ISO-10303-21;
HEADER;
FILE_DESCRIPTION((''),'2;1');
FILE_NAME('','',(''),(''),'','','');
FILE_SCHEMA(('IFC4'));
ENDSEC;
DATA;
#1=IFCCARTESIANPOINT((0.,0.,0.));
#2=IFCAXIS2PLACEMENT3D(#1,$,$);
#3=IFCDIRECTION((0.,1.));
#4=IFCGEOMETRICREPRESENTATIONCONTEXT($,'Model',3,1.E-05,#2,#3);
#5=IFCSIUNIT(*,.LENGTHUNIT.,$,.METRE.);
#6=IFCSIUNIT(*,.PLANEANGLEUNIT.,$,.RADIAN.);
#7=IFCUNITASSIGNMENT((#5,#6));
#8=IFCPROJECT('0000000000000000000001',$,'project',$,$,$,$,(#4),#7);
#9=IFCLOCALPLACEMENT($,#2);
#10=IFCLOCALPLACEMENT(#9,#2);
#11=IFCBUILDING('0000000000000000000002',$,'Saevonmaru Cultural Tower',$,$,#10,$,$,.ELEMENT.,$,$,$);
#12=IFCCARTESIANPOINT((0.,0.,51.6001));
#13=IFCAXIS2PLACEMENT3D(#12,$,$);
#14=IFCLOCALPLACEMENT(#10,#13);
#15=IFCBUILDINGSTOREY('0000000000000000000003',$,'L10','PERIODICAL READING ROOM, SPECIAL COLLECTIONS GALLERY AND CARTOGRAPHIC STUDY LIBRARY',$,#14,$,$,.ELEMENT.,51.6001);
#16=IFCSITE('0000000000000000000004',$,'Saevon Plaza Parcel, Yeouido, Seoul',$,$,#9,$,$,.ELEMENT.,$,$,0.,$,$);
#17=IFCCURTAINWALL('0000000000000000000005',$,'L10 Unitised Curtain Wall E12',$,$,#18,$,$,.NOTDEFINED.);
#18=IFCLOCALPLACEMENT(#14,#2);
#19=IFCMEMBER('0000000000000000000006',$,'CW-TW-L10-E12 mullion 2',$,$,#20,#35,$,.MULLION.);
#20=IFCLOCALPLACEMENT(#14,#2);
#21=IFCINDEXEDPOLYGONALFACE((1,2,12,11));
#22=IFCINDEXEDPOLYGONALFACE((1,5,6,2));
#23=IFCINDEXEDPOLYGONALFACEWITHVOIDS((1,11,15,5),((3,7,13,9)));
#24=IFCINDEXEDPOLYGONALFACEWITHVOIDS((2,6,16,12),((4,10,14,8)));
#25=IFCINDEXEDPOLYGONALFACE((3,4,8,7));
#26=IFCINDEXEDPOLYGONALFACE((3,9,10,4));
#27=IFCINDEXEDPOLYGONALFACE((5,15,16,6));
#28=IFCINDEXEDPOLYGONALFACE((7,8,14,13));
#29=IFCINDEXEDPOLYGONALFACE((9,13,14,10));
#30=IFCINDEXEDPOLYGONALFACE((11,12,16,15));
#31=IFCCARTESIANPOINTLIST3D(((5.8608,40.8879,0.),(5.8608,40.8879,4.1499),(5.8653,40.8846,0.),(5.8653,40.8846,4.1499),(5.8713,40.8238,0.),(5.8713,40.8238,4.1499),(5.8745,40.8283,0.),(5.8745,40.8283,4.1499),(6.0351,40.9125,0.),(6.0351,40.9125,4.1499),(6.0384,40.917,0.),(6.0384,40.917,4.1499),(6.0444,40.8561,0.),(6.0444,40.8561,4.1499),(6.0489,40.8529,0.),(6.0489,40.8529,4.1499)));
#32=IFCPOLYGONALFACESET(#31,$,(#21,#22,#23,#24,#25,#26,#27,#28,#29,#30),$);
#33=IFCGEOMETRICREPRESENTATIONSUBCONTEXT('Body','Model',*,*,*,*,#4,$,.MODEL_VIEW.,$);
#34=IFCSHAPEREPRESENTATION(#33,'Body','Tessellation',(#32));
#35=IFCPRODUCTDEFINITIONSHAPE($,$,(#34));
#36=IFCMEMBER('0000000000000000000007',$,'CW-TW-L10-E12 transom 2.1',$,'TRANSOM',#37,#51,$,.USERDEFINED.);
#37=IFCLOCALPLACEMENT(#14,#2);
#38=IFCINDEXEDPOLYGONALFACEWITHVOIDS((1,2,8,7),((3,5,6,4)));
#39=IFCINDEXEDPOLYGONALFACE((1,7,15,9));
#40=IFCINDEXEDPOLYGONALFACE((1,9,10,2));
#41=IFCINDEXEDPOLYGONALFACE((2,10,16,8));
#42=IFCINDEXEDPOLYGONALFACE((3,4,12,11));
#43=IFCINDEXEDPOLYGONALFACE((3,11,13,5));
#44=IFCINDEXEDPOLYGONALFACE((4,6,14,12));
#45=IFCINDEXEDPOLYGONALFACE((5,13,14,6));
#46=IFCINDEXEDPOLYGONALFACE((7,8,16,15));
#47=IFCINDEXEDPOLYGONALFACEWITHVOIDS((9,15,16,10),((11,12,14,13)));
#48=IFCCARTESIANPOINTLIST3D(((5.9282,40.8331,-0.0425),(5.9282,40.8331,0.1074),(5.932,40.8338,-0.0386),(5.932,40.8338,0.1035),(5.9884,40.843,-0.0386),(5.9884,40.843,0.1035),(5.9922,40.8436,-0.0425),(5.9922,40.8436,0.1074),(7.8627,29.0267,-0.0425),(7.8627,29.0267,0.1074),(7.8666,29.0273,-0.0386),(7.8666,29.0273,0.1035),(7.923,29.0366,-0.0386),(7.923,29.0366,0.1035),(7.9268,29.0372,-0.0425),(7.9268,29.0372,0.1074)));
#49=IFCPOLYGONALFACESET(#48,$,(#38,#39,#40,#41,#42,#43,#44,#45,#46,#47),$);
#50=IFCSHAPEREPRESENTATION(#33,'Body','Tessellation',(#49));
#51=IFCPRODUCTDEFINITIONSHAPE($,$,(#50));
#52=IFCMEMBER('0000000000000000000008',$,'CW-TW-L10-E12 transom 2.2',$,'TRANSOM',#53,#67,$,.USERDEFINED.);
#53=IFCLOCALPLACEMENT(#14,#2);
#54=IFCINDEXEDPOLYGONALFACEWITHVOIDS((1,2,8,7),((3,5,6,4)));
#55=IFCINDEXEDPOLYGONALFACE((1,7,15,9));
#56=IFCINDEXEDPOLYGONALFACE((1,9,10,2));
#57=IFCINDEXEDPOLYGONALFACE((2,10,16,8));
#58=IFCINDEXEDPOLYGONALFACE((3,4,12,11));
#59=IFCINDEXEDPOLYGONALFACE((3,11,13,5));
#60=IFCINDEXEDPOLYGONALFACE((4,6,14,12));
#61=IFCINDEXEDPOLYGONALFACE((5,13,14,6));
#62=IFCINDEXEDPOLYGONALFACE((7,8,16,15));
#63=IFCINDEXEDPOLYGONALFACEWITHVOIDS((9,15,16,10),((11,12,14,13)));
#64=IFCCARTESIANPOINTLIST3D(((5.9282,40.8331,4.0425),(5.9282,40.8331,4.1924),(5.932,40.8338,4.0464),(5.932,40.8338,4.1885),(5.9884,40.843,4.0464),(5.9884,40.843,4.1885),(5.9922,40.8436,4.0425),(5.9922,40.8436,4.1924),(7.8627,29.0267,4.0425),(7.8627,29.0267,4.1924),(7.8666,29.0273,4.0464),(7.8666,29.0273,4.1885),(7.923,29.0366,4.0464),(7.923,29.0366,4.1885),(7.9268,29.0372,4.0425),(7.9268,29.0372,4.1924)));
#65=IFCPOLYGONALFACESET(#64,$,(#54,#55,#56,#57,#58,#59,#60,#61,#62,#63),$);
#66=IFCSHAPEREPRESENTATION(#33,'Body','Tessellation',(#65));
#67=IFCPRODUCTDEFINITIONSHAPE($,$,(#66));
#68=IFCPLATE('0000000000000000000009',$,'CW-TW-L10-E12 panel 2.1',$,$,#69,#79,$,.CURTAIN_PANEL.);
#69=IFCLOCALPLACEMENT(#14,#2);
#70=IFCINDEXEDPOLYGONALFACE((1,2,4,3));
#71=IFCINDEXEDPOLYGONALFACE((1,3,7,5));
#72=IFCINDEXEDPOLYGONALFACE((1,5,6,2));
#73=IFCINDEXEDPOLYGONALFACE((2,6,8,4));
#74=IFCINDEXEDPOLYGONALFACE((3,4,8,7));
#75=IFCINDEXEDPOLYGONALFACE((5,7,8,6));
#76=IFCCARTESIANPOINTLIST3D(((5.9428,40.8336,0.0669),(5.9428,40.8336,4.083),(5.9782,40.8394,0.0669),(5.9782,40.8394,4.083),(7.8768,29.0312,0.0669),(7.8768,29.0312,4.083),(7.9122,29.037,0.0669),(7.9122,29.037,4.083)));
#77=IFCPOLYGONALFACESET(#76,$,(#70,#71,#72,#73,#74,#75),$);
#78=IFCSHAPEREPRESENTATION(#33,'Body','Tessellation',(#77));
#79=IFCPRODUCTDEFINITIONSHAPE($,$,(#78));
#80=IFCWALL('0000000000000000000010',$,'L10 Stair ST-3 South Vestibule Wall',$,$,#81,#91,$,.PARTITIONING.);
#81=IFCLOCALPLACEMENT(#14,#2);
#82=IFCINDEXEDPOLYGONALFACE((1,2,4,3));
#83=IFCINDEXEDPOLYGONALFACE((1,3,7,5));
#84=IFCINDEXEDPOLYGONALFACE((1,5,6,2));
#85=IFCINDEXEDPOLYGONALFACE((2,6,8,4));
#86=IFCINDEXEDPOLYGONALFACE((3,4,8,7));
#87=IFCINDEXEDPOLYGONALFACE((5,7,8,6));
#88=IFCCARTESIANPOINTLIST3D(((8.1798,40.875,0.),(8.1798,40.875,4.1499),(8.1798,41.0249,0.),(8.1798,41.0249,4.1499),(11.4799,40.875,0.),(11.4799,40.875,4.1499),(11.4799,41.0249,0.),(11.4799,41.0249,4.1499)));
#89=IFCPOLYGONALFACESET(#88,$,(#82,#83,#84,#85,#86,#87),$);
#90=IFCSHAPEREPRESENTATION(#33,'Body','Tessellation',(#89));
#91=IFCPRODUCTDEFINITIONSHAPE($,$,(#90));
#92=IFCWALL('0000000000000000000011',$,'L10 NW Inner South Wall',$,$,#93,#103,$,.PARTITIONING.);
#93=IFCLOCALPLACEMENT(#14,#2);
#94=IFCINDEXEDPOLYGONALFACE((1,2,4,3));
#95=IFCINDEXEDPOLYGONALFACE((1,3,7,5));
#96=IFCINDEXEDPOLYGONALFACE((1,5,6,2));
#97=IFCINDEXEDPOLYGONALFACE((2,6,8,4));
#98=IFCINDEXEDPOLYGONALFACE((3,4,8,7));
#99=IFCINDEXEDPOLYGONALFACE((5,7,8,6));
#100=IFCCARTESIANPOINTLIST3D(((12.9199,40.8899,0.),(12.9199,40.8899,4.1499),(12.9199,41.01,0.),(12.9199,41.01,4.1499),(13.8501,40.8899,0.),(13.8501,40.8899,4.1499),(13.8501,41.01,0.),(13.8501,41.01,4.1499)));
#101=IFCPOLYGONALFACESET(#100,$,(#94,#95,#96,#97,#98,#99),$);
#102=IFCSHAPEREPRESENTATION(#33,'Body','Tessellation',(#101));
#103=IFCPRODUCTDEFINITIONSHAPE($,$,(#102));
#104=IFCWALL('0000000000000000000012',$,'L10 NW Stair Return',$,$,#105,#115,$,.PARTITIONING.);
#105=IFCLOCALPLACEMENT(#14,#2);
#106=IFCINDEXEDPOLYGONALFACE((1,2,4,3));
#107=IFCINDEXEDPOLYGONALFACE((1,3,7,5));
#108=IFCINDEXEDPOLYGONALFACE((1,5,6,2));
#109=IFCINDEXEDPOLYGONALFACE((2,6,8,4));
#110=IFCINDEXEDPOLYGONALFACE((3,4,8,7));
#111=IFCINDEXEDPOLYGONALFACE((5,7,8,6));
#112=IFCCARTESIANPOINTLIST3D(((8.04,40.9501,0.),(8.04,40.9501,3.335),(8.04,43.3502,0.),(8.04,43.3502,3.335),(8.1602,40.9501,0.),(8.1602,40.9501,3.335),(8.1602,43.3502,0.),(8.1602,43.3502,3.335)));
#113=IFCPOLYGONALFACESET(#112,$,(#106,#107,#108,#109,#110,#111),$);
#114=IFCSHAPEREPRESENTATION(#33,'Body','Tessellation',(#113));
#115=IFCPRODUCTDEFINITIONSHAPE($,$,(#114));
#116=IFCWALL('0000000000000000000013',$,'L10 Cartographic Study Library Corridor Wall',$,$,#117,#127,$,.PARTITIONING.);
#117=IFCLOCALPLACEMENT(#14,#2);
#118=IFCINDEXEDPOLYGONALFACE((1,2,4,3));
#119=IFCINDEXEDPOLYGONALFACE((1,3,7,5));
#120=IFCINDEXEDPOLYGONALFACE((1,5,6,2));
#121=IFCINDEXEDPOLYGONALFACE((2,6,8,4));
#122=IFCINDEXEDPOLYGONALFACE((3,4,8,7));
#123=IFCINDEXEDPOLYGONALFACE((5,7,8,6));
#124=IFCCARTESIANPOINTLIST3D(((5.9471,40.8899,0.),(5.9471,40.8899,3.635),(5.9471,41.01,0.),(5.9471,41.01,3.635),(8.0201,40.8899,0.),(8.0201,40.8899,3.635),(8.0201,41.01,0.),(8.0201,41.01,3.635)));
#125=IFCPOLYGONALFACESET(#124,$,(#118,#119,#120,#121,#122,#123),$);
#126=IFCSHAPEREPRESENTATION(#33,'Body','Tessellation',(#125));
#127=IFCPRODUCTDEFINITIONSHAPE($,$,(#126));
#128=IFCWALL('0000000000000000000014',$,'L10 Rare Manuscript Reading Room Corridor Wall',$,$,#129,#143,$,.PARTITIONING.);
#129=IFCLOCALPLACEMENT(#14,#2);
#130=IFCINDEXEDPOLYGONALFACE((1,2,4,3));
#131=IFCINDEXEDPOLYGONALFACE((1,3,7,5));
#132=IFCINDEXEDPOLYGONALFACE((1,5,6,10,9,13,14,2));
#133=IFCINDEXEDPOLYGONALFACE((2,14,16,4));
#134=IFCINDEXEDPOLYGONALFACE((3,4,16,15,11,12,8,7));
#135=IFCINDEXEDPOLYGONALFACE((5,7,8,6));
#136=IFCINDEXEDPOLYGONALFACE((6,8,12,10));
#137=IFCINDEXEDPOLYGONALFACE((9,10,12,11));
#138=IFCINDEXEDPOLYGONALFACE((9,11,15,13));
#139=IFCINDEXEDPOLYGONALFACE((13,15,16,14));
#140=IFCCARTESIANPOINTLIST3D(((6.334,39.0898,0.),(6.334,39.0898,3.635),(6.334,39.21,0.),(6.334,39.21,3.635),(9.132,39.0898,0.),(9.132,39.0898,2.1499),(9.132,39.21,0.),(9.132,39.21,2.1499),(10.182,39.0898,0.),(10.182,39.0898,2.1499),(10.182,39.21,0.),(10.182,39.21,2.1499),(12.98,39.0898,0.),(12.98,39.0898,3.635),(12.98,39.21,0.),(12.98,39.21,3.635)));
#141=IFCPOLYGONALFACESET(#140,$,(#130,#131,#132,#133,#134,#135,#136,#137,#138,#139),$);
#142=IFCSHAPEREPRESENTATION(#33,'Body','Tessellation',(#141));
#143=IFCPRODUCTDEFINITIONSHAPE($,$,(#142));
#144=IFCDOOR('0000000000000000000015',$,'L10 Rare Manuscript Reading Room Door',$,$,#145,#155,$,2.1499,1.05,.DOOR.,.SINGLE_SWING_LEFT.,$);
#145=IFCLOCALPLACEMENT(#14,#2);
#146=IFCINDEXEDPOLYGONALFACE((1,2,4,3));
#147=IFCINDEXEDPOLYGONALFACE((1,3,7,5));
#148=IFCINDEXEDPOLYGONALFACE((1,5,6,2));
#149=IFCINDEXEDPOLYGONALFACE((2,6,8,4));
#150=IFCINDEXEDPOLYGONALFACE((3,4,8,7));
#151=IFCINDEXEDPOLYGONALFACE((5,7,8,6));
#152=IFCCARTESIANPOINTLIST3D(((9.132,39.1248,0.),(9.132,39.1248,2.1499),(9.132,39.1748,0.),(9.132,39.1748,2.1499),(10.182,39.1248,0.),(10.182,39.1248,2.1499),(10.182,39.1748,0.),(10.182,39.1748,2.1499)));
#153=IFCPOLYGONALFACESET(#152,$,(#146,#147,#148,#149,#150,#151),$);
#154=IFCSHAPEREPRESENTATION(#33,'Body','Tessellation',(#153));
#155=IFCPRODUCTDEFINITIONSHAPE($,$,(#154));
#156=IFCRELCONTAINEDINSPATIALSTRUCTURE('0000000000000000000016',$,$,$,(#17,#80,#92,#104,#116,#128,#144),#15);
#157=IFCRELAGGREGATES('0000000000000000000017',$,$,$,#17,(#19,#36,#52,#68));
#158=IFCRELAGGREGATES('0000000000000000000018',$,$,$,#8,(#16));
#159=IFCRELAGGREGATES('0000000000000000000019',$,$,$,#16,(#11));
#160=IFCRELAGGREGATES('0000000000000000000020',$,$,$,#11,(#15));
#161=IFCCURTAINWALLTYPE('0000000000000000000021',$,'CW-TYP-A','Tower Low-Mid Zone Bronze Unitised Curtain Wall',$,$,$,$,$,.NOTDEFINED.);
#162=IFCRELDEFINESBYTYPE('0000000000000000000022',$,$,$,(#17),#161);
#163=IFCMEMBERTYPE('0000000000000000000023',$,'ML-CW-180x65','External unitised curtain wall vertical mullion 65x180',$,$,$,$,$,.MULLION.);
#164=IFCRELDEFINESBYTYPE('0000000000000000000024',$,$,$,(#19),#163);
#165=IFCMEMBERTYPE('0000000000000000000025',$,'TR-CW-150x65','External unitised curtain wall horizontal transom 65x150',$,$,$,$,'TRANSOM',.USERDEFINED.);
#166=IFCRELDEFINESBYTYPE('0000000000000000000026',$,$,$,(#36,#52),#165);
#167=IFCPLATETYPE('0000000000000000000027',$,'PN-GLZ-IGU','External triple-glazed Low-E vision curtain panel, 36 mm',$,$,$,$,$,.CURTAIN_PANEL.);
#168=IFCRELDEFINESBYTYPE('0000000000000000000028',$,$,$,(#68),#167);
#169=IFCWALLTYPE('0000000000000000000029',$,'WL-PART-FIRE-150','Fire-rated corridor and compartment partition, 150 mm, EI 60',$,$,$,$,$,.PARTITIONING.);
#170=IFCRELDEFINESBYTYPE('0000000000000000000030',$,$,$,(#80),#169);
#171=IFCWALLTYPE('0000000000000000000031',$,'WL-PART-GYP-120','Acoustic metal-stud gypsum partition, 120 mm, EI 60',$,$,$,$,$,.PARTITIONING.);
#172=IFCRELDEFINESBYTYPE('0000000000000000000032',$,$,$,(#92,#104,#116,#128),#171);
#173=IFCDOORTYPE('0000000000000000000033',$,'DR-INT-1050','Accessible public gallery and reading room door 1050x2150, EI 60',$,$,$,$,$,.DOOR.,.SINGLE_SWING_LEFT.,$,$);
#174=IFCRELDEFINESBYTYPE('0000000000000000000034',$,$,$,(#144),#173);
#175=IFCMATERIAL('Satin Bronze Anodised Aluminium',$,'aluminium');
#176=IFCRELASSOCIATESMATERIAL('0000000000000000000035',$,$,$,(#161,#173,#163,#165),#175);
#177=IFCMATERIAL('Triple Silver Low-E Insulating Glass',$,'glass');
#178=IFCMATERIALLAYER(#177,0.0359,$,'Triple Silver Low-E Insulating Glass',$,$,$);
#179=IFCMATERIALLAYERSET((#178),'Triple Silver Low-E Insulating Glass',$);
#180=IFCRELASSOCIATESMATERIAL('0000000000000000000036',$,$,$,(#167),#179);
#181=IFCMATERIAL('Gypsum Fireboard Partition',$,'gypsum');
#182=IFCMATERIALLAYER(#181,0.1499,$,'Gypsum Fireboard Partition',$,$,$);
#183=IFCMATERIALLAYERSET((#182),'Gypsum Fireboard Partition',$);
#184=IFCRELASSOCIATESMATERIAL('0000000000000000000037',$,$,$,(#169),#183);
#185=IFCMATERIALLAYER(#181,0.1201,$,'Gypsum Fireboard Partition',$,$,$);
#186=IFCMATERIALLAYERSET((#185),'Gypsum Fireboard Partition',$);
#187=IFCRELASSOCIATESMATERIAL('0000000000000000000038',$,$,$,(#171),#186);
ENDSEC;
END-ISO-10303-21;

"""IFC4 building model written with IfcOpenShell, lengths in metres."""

from ifc_helpers import new_model, si_unit, direction, frame, frame_2d, origin, origin_2d, place, context, subcontext, project, spatial, rectangle, hollow_rectangle, extrude, material, layer, layer_set, material_profile, profile_set, type_object, element, fill, aggregate, save


model = new_model("IFC4")

# Units and contexts
model_context = context("Model", 3, precision=1e-05, world=origin(), true_north=direction((0.0, 1.0)))
body_context = subcontext(model_context, "Body", "Model", "MODEL_VIEW")
ifc_project = project(units=[si_unit("LENGTHUNIT", "METRE"), si_unit("PLANEANGLEUNIT", "RADIAN")], contexts=[model_context])

# Site, building, storey
site_placement = place(None, origin())
site = spatial("IfcSite", under=ifc_project, at=site_placement, Name="Saevon Plaza Parcel, Yeouido, Seoul", CompositionType="ELEMENT", RefElevation=0.0)
building_placement = place(site_placement, origin())
building = spatial("IfcBuilding", under=site, at=building_placement, Name="Saevonmaru Cultural Tower", CompositionType="ELEMENT")
storey_placement = place(building_placement, frame((0.0, 0.0, 51.6001)))
storey = spatial("IfcBuildingStorey", under=building, at=storey_placement, Name="L10", Description="PERIODICAL READING ROOM, SPECIAL COLLECTIONS GALLERY AND CARTOGRAPHIC STUDY LIBRARY", CompositionType="ELEMENT", Elevation=51.6001)

# Curtain wall, members, plate
ifc_material_1 = material(Name="Satin Bronze Anodised Aluminium", Category="aluminium")
curtain_wall_type = type_object("IfcCurtainWallType", Name="CW-TYP-A", Description="Tower Low-Mid Zone Bronze Unitised Curtain Wall", PredefinedType="NOTDEFINED", material=ifc_material_1)
curtain_wall_placement = place(storey_placement, origin())
curtain_wall = element("IfcCurtainWall", 1, at=curtain_wall_placement, inside=storey, type_object=curtain_wall_type, Name="L10 Unitised Curtain Wall E12", PredefinedType="NOTDEFINED")
ifc_material_profile_1 = material_profile(ifc_material_1, hollow_rectangle(XDim=0.0649, YDim=0.1799, WallThickness=0.0039, at=origin_2d()), Name="ALU-MULL-180x65x4")
ifc_profile_set_1 = profile_set([ifc_material_profile_1], Name="Satin Bronze Anodised Aluminium")
member_type_1 = type_object("IfcMemberType", Name="ML-CW-180x65", Description="External unitised curtain wall vertical mullion 65x180", PredefinedType="MULLION", material=ifc_profile_set_1)
member_1_placement = place(storey_placement, frame((5.9548, 40.8704, 0.0), z_axis=(0.0, 0.0, 1.0), x_axis=(0.161709, -0.986839, 0.0)))
member_1 = element("IfcMember", 2, at=member_1_placement, type_object=member_type_1, Name="CW-TW-L10-E12 mullion 2", PredefinedType="MULLION", context=body_context, shape_type="SweptSolid", body=[
    extrude(hollow_rectangle(XDim=0.0649, YDim=0.1799, WallThickness=0.0039, at=origin_2d()), origin(), (0.0, 0.0, 1.0), 4.1499),
])
ifc_material_profile_2 = material_profile(ifc_material_1, hollow_rectangle(XDim=0.0649, YDim=0.1499, WallThickness=0.0039, at=origin_2d()), Name="ALU-TRAN-150x65x4")
ifc_profile_set_2 = profile_set([ifc_material_profile_2], Name="Satin Bronze Anodised Aluminium")
member_type_2 = type_object("IfcMemberType", Name="TR-CW-150x65", Description="External unitised curtain wall horizontal transom 65x150", ElementType="TRANSOM", PredefinedType="USERDEFINED", material=ifc_profile_set_2)
member_2_placement = place(storey_placement, frame((5.9602, 40.8384, 0.0325), z_axis=(0.161701, -0.98684, 0.0), x_axis=(0.98684, 0.161701, 0.0)))
member_2 = element("IfcMember", 3, at=member_2_placement, type_object=member_type_2, Name="CW-TW-L10-E12 transom 2.1", ObjectType="TRANSOM", PredefinedType="USERDEFINED", context=body_context, shape_type="SweptSolid", body=[
    extrude(hollow_rectangle(XDim=0.0649, YDim=0.1499, WallThickness=0.0039, at=origin_2d()), origin(), (0.0, 0.0, 1.0), 11.9639),
])
member_3_placement = place(storey_placement, frame((5.9602, 40.8384, 4.1174), z_axis=(0.161701, -0.98684, 0.0), x_axis=(0.98684, 0.161701, 0.0)))
member_3 = element("IfcMember", 4, at=member_3_placement, type_object=member_type_2, Name="CW-TW-L10-E12 transom 2.2", ObjectType="TRANSOM", PredefinedType="USERDEFINED", context=body_context, shape_type="SweptSolid", body=[
    extrude(hollow_rectangle(XDim=0.0649, YDim=0.1499, WallThickness=0.0039, at=origin_2d()), origin(), (0.0, 0.0, 1.0), 11.9639),
])
ifc_material_2 = material(Name="Triple Silver Low-E Insulating Glass", Category="glass")
ifc_layer_1 = layer(ifc_material_2, 0.0359, Name="Triple Silver Low-E Insulating Glass")
ifc_layer_set_1 = layer_set([ifc_layer_1], Name="Triple Silver Low-E Insulating Glass")
plate_type = type_object("IfcPlateType", Name="PN-GLZ-IGU", Description="External triple-glazed Low-E vision curtain panel, 36 mm", PredefinedType="CURTAIN_PANEL", material=ifc_layer_set_1)
plate_placement = place(storey_placement, frame((6.9275, 34.9353, 0.0669), z_axis=(0.0, 0.0, 1.0), x_axis=(0.161709, -0.986839, 0.0)))
plate = element("IfcPlate", 5, at=plate_placement, type_object=plate_type, Name="CW-TW-L10-E12 panel 2.1", PredefinedType="CURTAIN_PANEL", context=body_context, shape_type="SweptSolid", body=[
    extrude(rectangle(XDim=11.9597, YDim=0.0359, at=origin_2d()), origin(), (0.0, 0.0, 1.0), 4.0161),
])
aggregate(curtain_wall, [member_1, member_2, member_3, plate])

# Walls
ifc_material_3 = material(Name="Gypsum Fireboard Partition", Category="gypsum")
ifc_layer_2 = layer(ifc_material_3, 0.1499, Name="Gypsum Fireboard Partition")
ifc_layer_set_2 = layer_set([ifc_layer_2], Name="Gypsum Fireboard Partition")
wall_type_1 = type_object("IfcWallType", Name="WL-PART-FIRE-150", Description="Fire-rated corridor and compartment partition, 150 mm, EI 60", PredefinedType="PARTITIONING", material=ifc_layer_set_2)
wall_1_placement = place(storey_placement, frame((8.1799, 40.95, 0.0), z_axis=(0.0, 0.0, 1.0), x_axis=(1.0, 0.0, 0.0)))
element("IfcWall", 6, at=wall_1_placement, inside=storey, type_object=wall_type_1, Name="L10 Stair ST-3 South Vestibule Wall", PredefinedType="PARTITIONING", context=body_context, shape_type="SweptSolid", body=[
    extrude(rectangle(XDim=3.3, YDim=0.1499, at=frame_2d((1.6499, 0.0))), origin(), (0.0, 0.0, 1.0), 4.1499),
])
ifc_layer_3 = layer(ifc_material_3, 0.1201, Name="Gypsum Fireboard Partition")
ifc_layer_set_3 = layer_set([ifc_layer_3], Name="Gypsum Fireboard Partition")
wall_type_2 = type_object("IfcWallType", Name="WL-PART-GYP-120", Description="Acoustic metal-stud gypsum partition, 120 mm, EI 60", PredefinedType="PARTITIONING", material=ifc_layer_set_3)
wall_2_placement = place(storey_placement, frame((12.9199, 40.95, 0.0), z_axis=(0.0, 0.0, 1.0), x_axis=(1.0, 0.0, 0.0)))
element("IfcWall", 7, at=wall_2_placement, inside=storey, type_object=wall_type_2, Name="L10 NW Inner South Wall", PredefinedType="PARTITIONING", context=body_context, shape_type="SweptSolid", body=[
    extrude(rectangle(XDim=0.9302, YDim=0.1201, at=frame_2d((0.4651, 0.0))), origin(), (0.0, 0.0, 1.0), 4.1499),
])
wall_3_placement = place(storey_placement, frame((8.1001, 40.95, 0.0), z_axis=(0.0, 0.0, 1.0), x_axis=(0.0, 1.0, 0.0)))
element("IfcWall", 8, at=wall_3_placement, inside=storey, type_object=wall_type_2, Name="L10 NW Stair Return", PredefinedType="PARTITIONING", context=body_context, shape_type="SweptSolid", body=[
    extrude(rectangle(XDim=2.4001, YDim=0.1201, at=frame_2d((1.2002, 0.0))), origin(), (0.0, 0.0, 1.0), 3.335),
])
wall_4_placement = place(storey_placement, frame((5.947, 40.95, 0.0), z_axis=(0.0, 0.0, 1.0), x_axis=(1.0, 0.0, 0.0)))
element("IfcWall", 9, at=wall_4_placement, inside=storey, type_object=wall_type_2, Name="L10 Cartographic Study Library Corridor Wall", PredefinedType="PARTITIONING", context=body_context, shape_type="SweptSolid", body=[
    extrude(rectangle(XDim=2.073, YDim=0.1201, at=frame_2d((1.0366, 0.0))), origin(), (0.0, 0.0, 1.0), 3.635),
])

# Wall, opening, door
wall_5_placement = place(storey_placement, frame((6.334, 39.1499, 0.0), z_axis=(0.0, 0.0, 1.0), x_axis=(1.0, 0.0, 0.0)))
wall_5 = element("IfcWall", 10, at=wall_5_placement, inside=storey, type_object=wall_type_2, Name="L10 Rare Manuscript Reading Room Corridor Wall", PredefinedType="PARTITIONING", context=body_context, shape_type="SweptSolid", body=[
    extrude(rectangle(XDim=6.646, YDim=0.1201, at=frame_2d((3.323, 0.0))), origin(), (0.0, 0.0, 1.0), 3.635),
])
opening_1_placement = place(wall_5_placement, frame((2.7981, 0.0, 0.0)))
opening_1 = element("IfcOpeningElement", 11, at=opening_1_placement, cuts=wall_5, PredefinedType="OPENING", context=body_context, shape_type="SweptSolid", body=[
    extrude(rectangle(XDim=1.05, YDim=2.1499, at=frame_2d((0.5249, 1.075))), frame((0.0, 0.0701, 0.0), z_axis=(0.0, -1.0, 0.0), x_axis=(1.0, 0.0, 0.0)), (0.0, 0.0, 1.0), 0.1401),
])
door_type_1 = type_object("IfcDoorType", Name="DR-INT-1050", Description="Accessible public gallery and reading room door 1050x2150, EI 60", OperationType="SINGLE_SWING_LEFT", PredefinedType="DOOR", material=ifc_material_1)
door_1_placement = place(opening_1_placement, origin())
door_1 = element("IfcDoor", 12, at=door_1_placement, inside=storey, type_object=door_type_1, Name="L10 Rare Manuscript Reading Room Door", OperationType="SINGLE_SWING_LEFT", OverallHeight=2.1499, OverallWidth=1.05, PredefinedType="DOOR", context=body_context, shape_type="SweptSolid", body=[
    extrude(rectangle(XDim=1.05, YDim=2.1499, at=frame_2d((0.5249, 1.075))), frame((0.0, 0.0249, 0.0), z_axis=(0.0, -1.0, 0.0), x_axis=(1.0, 0.0, 0.0)), (0.0, 0.0, 1.0), 0.05),
])
fill(opening_1, door_1)

save(model, "model.ifc")
